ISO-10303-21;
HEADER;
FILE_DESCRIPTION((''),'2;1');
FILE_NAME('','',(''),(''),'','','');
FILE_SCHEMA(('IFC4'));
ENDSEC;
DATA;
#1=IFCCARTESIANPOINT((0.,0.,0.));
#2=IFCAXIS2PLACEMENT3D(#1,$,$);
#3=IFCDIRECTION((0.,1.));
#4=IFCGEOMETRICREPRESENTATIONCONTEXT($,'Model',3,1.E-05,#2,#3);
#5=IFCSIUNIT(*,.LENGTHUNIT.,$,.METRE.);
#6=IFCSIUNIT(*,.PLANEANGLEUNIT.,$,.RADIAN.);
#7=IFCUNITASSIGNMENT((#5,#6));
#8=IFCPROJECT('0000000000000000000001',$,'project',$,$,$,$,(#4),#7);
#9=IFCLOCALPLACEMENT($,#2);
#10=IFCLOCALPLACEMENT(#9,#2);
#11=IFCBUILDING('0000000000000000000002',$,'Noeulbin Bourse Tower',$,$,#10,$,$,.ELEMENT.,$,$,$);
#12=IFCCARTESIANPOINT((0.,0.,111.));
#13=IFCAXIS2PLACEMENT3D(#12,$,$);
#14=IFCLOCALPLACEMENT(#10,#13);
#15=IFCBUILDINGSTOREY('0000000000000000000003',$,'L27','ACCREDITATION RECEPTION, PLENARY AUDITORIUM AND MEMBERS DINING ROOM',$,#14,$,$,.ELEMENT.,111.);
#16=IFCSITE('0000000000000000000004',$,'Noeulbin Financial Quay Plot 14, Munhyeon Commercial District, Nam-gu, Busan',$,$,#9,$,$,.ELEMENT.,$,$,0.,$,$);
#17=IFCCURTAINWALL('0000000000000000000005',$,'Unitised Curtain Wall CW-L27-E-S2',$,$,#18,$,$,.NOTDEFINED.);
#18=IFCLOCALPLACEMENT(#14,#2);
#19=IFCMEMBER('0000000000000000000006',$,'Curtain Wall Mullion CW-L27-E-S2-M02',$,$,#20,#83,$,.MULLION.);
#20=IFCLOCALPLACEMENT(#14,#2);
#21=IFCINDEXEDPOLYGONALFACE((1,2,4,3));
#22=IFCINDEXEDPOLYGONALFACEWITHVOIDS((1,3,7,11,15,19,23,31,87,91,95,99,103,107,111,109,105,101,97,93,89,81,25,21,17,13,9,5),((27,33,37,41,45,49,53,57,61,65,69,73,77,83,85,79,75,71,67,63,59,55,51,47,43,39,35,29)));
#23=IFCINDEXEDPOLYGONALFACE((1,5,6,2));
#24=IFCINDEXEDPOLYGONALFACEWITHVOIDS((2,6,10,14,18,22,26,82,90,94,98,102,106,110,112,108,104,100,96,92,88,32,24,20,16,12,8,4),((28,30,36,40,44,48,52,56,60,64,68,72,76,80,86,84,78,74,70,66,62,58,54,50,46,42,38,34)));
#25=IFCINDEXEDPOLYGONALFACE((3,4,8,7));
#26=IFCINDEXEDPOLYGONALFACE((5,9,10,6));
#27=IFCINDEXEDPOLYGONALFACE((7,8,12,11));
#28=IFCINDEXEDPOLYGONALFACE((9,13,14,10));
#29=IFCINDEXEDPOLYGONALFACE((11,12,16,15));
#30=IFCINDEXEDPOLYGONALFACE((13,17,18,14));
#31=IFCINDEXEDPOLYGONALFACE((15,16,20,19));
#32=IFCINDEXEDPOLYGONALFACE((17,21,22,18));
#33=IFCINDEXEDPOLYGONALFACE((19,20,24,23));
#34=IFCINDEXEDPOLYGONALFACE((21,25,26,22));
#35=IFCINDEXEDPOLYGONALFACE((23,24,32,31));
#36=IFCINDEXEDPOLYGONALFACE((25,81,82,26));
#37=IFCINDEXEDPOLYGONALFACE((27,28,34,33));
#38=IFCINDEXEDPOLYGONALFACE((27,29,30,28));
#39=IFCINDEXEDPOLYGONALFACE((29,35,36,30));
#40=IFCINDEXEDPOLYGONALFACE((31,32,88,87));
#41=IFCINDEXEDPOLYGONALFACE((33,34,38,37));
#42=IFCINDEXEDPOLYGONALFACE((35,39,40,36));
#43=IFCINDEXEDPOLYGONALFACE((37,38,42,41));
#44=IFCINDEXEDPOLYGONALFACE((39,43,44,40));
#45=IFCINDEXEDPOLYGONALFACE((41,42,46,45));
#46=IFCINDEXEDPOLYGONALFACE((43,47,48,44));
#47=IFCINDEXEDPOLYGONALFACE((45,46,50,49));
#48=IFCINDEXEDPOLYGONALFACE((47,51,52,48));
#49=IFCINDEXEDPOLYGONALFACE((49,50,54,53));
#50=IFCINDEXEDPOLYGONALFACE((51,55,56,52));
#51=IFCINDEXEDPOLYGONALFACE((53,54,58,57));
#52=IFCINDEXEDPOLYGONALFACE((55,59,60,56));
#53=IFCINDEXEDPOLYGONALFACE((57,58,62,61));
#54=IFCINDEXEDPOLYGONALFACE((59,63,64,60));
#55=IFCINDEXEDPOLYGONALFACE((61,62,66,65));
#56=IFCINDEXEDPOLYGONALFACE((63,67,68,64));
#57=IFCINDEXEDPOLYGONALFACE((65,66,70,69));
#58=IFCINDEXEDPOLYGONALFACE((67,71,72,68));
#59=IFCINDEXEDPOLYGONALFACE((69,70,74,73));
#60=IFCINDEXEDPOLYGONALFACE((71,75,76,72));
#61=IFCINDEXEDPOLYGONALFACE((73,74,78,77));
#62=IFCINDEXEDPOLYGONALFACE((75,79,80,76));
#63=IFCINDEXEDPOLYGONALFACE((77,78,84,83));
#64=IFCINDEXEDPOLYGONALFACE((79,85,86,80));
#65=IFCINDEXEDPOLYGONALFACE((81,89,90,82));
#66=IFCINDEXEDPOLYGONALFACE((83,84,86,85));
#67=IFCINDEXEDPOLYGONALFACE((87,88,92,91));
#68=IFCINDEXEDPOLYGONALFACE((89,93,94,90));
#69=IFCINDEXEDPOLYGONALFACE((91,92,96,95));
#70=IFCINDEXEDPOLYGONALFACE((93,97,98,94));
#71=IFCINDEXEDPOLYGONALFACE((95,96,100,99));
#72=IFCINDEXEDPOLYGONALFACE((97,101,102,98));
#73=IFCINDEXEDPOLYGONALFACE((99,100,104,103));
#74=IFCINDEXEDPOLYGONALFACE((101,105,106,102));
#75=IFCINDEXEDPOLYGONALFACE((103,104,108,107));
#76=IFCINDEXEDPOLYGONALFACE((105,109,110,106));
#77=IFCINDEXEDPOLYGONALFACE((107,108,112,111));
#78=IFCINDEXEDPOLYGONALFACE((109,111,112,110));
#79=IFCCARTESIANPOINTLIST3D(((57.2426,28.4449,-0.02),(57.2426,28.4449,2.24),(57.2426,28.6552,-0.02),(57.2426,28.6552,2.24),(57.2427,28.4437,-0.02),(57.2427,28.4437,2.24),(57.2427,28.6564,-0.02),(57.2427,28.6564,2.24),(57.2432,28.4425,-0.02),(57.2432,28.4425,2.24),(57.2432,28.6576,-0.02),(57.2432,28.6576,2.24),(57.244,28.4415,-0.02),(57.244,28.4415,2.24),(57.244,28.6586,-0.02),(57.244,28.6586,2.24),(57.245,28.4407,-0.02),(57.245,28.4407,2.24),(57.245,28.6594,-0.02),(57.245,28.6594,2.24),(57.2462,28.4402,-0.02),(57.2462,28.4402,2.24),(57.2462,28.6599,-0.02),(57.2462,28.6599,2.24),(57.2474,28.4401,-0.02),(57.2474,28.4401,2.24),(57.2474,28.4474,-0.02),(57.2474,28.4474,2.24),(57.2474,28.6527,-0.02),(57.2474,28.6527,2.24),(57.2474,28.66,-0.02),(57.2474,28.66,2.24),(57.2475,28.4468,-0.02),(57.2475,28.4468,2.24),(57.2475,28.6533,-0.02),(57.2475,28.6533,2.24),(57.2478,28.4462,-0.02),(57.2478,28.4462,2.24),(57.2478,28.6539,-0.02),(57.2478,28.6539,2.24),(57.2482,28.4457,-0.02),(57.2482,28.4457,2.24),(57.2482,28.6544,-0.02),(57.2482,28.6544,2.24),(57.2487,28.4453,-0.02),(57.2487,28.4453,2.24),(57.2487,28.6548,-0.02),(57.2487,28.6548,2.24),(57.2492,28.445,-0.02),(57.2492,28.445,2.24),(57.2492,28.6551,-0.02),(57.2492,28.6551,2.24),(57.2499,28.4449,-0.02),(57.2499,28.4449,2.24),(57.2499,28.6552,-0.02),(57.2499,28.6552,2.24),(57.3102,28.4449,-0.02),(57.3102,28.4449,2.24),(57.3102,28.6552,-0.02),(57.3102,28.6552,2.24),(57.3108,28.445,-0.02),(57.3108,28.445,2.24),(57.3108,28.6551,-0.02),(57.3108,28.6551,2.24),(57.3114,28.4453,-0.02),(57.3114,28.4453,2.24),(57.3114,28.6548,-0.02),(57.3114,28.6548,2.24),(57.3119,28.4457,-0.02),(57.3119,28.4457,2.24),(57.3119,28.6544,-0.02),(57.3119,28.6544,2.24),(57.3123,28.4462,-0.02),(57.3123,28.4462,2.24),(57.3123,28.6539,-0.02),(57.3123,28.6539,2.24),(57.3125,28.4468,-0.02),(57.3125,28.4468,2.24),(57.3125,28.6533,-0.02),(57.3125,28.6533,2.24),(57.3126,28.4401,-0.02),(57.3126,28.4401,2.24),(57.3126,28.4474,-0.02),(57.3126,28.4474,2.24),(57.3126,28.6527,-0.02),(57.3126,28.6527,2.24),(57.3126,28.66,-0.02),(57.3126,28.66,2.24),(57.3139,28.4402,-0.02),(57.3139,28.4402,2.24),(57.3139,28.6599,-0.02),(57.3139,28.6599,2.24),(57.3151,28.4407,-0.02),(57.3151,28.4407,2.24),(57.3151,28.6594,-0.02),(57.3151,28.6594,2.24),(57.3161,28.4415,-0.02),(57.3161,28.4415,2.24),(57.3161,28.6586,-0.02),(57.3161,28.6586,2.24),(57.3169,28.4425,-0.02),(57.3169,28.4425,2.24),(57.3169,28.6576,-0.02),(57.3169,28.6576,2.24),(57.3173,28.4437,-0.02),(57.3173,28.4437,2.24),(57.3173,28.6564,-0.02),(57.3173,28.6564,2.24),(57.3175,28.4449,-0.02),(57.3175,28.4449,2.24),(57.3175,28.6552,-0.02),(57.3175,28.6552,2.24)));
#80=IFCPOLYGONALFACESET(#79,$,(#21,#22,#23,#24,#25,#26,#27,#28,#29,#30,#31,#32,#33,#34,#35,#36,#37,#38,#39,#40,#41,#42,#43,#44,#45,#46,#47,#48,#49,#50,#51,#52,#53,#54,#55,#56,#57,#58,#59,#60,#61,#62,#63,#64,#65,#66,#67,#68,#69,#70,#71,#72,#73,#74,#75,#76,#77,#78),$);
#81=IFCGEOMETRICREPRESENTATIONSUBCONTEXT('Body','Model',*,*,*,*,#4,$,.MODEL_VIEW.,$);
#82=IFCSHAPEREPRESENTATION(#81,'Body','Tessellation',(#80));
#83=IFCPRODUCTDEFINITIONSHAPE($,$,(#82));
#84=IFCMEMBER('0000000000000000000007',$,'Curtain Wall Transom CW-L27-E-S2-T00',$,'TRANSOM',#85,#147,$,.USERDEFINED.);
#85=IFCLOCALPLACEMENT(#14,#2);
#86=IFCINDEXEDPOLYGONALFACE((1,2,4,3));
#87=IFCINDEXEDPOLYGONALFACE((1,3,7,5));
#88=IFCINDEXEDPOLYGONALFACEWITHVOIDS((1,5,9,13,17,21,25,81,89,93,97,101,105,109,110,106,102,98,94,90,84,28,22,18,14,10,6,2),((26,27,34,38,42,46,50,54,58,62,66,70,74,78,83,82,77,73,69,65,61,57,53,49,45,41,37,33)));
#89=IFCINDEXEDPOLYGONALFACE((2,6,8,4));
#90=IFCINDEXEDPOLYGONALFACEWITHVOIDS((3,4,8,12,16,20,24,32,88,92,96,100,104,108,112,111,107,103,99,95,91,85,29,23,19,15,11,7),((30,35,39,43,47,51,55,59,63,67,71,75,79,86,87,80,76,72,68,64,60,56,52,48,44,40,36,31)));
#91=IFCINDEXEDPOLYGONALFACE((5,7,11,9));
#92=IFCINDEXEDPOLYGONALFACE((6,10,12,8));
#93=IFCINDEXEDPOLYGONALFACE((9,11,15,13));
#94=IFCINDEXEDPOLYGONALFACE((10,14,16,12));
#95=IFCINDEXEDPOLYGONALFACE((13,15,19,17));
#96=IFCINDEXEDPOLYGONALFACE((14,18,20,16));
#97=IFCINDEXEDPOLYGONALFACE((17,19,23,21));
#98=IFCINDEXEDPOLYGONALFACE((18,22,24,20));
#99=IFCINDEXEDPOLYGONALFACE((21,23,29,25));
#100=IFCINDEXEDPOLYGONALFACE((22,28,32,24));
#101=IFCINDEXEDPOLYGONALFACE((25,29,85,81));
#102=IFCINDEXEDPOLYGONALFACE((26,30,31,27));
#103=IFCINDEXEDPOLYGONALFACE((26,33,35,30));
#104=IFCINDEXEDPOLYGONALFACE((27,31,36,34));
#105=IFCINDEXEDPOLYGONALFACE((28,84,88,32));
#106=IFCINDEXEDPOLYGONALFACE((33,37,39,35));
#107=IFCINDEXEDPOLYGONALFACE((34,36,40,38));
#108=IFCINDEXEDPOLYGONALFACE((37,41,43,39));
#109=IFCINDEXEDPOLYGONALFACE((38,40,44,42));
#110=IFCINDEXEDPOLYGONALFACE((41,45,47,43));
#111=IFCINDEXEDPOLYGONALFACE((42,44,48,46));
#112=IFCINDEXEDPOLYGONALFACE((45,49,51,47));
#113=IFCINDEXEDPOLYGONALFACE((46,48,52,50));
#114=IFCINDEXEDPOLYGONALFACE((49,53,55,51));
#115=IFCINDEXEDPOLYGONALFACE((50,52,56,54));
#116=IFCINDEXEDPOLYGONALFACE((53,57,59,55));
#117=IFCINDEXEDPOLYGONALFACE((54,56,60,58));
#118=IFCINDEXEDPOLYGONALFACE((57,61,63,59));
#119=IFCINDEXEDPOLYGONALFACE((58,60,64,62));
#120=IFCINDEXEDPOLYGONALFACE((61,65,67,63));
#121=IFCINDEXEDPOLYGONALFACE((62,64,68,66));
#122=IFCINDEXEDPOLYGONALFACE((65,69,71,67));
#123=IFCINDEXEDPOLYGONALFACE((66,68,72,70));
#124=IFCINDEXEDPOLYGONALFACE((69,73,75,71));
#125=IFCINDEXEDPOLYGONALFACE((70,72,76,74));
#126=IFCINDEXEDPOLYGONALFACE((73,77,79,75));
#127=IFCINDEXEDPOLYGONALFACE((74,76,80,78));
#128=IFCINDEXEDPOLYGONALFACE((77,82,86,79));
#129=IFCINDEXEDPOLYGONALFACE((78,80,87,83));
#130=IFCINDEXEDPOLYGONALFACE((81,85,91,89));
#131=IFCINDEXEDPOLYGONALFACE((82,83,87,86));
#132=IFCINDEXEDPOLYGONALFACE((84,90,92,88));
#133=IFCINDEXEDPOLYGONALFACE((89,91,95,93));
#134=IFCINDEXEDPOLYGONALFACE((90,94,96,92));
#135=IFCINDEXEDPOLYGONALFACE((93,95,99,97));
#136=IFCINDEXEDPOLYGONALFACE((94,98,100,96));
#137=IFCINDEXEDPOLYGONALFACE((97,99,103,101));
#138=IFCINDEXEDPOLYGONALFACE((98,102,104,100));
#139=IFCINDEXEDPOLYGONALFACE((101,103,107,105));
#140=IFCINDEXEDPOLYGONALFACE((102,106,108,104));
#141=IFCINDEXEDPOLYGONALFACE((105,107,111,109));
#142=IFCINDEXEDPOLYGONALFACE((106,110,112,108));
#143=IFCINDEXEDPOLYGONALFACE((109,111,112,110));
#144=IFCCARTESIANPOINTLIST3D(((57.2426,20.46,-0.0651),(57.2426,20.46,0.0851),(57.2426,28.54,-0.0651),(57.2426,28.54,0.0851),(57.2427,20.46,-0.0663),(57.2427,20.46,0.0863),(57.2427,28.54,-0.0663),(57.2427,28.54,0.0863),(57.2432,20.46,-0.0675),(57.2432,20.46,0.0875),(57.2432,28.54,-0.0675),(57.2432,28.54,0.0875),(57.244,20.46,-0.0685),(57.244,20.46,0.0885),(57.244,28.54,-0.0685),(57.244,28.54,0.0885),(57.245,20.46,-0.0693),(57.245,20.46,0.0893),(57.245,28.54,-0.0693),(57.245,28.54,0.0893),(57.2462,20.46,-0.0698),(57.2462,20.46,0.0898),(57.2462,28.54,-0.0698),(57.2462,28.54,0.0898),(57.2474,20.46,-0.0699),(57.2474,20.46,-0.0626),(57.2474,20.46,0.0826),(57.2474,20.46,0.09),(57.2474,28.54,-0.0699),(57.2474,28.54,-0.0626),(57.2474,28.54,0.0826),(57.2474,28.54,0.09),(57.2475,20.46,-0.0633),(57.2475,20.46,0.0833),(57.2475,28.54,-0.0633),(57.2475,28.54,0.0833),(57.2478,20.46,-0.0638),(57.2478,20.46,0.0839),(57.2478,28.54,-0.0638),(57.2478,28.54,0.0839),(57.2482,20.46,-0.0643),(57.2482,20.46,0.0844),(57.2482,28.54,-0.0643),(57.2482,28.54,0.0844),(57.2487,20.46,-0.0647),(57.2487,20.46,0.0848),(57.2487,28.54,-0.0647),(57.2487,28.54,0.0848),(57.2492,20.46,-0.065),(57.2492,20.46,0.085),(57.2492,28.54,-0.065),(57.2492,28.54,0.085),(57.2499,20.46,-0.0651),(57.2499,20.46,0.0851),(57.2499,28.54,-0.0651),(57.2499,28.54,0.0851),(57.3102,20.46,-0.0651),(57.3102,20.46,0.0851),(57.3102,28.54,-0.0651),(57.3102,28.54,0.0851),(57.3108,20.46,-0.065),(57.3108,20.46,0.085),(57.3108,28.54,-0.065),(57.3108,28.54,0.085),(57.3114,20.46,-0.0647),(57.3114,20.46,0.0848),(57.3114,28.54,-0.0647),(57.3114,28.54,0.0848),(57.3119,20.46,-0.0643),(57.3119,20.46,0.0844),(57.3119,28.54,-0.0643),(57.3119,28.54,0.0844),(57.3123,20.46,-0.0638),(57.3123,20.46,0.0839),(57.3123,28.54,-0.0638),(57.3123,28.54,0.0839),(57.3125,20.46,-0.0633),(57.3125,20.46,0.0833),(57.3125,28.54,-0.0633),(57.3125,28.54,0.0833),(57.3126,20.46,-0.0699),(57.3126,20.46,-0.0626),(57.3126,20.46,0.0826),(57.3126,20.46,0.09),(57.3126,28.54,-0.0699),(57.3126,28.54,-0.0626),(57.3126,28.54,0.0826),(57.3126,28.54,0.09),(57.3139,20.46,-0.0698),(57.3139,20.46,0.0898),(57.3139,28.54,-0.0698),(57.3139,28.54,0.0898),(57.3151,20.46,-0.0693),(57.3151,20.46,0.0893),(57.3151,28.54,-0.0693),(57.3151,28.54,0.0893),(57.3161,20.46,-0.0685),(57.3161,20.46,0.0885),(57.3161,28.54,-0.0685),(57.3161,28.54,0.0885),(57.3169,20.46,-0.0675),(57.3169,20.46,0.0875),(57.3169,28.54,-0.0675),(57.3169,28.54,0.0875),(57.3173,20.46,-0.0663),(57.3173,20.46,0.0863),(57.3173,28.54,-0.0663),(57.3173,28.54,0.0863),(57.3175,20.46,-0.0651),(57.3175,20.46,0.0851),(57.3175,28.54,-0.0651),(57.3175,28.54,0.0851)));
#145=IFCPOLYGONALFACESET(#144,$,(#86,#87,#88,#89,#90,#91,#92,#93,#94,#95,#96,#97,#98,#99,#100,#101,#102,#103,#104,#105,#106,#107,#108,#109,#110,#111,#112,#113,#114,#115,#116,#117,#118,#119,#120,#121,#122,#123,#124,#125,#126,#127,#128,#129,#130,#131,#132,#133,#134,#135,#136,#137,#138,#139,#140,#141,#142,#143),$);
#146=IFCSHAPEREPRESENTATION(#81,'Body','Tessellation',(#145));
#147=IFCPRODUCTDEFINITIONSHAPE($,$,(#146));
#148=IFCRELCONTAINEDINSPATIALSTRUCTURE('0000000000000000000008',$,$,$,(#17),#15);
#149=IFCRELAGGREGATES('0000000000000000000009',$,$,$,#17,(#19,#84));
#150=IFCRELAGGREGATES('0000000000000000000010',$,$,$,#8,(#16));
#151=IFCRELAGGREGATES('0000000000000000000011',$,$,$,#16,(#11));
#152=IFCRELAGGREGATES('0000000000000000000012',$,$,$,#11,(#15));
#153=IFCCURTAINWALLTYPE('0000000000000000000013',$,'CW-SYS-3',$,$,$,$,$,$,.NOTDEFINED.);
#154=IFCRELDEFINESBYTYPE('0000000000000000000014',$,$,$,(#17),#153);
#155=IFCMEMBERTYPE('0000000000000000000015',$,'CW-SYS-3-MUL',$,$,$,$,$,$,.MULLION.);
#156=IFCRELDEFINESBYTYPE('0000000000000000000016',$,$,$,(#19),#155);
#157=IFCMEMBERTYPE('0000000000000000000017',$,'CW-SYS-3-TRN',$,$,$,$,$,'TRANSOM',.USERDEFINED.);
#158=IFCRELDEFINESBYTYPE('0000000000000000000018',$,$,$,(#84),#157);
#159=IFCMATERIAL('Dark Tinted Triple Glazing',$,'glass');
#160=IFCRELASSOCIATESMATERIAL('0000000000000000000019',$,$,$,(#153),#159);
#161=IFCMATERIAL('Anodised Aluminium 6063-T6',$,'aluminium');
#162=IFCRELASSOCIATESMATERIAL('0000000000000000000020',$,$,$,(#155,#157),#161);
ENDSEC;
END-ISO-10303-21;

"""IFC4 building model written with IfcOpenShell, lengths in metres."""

from ifc_helpers import new_model, si_unit, direction, frame, origin, origin_2d, place, context, subcontext, project, spatial, hollow_rectangle, extrude, material, material_profile, profile_set, type_object, element, aggregate, save


model = new_model("IFC4")

# Units and contexts
model_context = context("Model", 3, precision=1e-05, world=origin(), true_north=direction((0.0, 1.0)))
body_context = subcontext(model_context, "Body", "Model", "MODEL_VIEW")
ifc_project = project(units=[si_unit("LENGTHUNIT", "METRE"), si_unit("PLANEANGLEUNIT", "RADIAN")], contexts=[model_context])

# Site, building, storey
site_placement = place(None, origin())
site = spatial("IfcSite", under=ifc_project, at=site_placement, Name="Noeulbin Financial Quay Plot 14, Munhyeon Commercial District, Nam-gu, Busan", CompositionType="ELEMENT", RefElevation=0.0)
building_placement = place(site_placement, origin())
building = spatial("IfcBuilding", under=site, at=building_placement, Name="Noeulbin Bourse Tower", CompositionType="ELEMENT")
storey_placement = place(building_placement, frame((0.0, 0.0, 111.0)))
storey = spatial("IfcBuildingStorey", under=building, at=storey_placement, Name="L27", Description="ACCREDITATION RECEPTION, PLENARY AUDITORIUM AND MEMBERS DINING ROOM", CompositionType="ELEMENT", Elevation=111.0)

# Shared definitions
ifc_material_1 = material(Name="Dark Tinted Triple Glazing", Category="glass")
curtain_wall_type = type_object("IfcCurtainWallType", Name="CW-SYS-3", PredefinedType="NOTDEFINED", material=ifc_material_1)
ifc_material_2 = material(Name="Anodised Aluminium 6063-T6", Category="aluminium")
ifc_material_profile_1 = material_profile(ifc_material_2, hollow_rectangle(XDim=0.075, YDim=0.22, WallThickness=0.0049, InnerFilletRadius=0.0024, OuterFilletRadius=0.0049, at=origin_2d()), Name="ALU-MULL-75x220x5", Category="LoadBearing")
ifc_profile_set_1 = profile_set([ifc_material_profile_1], Name="Anodised Aluminium 6063-T6")
member_type_1 = type_object("IfcMemberType", Name="CW-SYS-3-MUL", PredefinedType="MULLION", material=ifc_profile_set_1)

# Curtain wall, members
curtain_wall_1_placement = place(storey_placement, origin())
curtain_wall_1 = element("IfcCurtainWall", 1, at=curtain_wall_1_placement, inside=storey, type_object=curtain_wall_type, Name="Unitised Curtain Wall CW-L27-E-S2", PredefinedType="NOTDEFINED")
member_1_placement = place(storey_placement, frame((57.28, 28.55, -0.02), z_axis=(0.0, 0.0, 1.0), x_axis=(1.0, 0.0, 0.0)))
member_1 = element("IfcMember", 2, at=member_1_placement, type_object=member_type_1, Name="Curtain Wall Mullion CW-L27-E-S2-M02", PredefinedType="MULLION", context=body_context, shape_type="SweptSolid", body=[
    extrude(hollow_rectangle(XDim=0.075, YDim=0.22, WallThickness=0.0049, InnerFilletRadius=0.0024, OuterFilletRadius=0.0049, at=origin_2d()), origin(), (0.0, 0.0, 1.0), 2.26),
])
ifc_material_profile_2 = material_profile(ifc_material_2, hollow_rectangle(XDim=0.075, YDim=0.1599, WallThickness=0.0049, InnerFilletRadius=0.0024, OuterFilletRadius=0.0049, at=origin_2d()), Name="ALU-TRAN-75x160x5", Category="LoadBearing")
ifc_profile_set_2 = profile_set([ifc_material_profile_2], Name="Anodised Aluminium 6063-T6")
member_type_2 = type_object("IfcMemberType", Name="CW-SYS-3-TRN", ElementType="TRANSOM", PredefinedType="USERDEFINED", material=ifc_profile_set_2)
member_2_placement = place(storey_placement, frame((57.28, 20.46, 0.01), z_axis=(0.0, 1.0, 0.0), x_axis=(-1.0, 0.0, 0.0)))
member_2 = element("IfcMember", 3, at=member_2_placement, type_object=member_type_2, Name="Curtain Wall Transom CW-L27-E-S2-T00", ObjectType="TRANSOM", PredefinedType="USERDEFINED", context=body_context, shape_type="SweptSolid", body=[
    extrude(hollow_rectangle(XDim=0.075, YDim=0.1599, WallThickness=0.0049, InnerFilletRadius=0.0024, OuterFilletRadius=0.0049, at=origin_2d()), origin(), (0.0, 0.0, 1.0), 8.0801),
])
aggregate(curtain_wall_1, [member_1, member_2])

save(model, "model.ifc")
